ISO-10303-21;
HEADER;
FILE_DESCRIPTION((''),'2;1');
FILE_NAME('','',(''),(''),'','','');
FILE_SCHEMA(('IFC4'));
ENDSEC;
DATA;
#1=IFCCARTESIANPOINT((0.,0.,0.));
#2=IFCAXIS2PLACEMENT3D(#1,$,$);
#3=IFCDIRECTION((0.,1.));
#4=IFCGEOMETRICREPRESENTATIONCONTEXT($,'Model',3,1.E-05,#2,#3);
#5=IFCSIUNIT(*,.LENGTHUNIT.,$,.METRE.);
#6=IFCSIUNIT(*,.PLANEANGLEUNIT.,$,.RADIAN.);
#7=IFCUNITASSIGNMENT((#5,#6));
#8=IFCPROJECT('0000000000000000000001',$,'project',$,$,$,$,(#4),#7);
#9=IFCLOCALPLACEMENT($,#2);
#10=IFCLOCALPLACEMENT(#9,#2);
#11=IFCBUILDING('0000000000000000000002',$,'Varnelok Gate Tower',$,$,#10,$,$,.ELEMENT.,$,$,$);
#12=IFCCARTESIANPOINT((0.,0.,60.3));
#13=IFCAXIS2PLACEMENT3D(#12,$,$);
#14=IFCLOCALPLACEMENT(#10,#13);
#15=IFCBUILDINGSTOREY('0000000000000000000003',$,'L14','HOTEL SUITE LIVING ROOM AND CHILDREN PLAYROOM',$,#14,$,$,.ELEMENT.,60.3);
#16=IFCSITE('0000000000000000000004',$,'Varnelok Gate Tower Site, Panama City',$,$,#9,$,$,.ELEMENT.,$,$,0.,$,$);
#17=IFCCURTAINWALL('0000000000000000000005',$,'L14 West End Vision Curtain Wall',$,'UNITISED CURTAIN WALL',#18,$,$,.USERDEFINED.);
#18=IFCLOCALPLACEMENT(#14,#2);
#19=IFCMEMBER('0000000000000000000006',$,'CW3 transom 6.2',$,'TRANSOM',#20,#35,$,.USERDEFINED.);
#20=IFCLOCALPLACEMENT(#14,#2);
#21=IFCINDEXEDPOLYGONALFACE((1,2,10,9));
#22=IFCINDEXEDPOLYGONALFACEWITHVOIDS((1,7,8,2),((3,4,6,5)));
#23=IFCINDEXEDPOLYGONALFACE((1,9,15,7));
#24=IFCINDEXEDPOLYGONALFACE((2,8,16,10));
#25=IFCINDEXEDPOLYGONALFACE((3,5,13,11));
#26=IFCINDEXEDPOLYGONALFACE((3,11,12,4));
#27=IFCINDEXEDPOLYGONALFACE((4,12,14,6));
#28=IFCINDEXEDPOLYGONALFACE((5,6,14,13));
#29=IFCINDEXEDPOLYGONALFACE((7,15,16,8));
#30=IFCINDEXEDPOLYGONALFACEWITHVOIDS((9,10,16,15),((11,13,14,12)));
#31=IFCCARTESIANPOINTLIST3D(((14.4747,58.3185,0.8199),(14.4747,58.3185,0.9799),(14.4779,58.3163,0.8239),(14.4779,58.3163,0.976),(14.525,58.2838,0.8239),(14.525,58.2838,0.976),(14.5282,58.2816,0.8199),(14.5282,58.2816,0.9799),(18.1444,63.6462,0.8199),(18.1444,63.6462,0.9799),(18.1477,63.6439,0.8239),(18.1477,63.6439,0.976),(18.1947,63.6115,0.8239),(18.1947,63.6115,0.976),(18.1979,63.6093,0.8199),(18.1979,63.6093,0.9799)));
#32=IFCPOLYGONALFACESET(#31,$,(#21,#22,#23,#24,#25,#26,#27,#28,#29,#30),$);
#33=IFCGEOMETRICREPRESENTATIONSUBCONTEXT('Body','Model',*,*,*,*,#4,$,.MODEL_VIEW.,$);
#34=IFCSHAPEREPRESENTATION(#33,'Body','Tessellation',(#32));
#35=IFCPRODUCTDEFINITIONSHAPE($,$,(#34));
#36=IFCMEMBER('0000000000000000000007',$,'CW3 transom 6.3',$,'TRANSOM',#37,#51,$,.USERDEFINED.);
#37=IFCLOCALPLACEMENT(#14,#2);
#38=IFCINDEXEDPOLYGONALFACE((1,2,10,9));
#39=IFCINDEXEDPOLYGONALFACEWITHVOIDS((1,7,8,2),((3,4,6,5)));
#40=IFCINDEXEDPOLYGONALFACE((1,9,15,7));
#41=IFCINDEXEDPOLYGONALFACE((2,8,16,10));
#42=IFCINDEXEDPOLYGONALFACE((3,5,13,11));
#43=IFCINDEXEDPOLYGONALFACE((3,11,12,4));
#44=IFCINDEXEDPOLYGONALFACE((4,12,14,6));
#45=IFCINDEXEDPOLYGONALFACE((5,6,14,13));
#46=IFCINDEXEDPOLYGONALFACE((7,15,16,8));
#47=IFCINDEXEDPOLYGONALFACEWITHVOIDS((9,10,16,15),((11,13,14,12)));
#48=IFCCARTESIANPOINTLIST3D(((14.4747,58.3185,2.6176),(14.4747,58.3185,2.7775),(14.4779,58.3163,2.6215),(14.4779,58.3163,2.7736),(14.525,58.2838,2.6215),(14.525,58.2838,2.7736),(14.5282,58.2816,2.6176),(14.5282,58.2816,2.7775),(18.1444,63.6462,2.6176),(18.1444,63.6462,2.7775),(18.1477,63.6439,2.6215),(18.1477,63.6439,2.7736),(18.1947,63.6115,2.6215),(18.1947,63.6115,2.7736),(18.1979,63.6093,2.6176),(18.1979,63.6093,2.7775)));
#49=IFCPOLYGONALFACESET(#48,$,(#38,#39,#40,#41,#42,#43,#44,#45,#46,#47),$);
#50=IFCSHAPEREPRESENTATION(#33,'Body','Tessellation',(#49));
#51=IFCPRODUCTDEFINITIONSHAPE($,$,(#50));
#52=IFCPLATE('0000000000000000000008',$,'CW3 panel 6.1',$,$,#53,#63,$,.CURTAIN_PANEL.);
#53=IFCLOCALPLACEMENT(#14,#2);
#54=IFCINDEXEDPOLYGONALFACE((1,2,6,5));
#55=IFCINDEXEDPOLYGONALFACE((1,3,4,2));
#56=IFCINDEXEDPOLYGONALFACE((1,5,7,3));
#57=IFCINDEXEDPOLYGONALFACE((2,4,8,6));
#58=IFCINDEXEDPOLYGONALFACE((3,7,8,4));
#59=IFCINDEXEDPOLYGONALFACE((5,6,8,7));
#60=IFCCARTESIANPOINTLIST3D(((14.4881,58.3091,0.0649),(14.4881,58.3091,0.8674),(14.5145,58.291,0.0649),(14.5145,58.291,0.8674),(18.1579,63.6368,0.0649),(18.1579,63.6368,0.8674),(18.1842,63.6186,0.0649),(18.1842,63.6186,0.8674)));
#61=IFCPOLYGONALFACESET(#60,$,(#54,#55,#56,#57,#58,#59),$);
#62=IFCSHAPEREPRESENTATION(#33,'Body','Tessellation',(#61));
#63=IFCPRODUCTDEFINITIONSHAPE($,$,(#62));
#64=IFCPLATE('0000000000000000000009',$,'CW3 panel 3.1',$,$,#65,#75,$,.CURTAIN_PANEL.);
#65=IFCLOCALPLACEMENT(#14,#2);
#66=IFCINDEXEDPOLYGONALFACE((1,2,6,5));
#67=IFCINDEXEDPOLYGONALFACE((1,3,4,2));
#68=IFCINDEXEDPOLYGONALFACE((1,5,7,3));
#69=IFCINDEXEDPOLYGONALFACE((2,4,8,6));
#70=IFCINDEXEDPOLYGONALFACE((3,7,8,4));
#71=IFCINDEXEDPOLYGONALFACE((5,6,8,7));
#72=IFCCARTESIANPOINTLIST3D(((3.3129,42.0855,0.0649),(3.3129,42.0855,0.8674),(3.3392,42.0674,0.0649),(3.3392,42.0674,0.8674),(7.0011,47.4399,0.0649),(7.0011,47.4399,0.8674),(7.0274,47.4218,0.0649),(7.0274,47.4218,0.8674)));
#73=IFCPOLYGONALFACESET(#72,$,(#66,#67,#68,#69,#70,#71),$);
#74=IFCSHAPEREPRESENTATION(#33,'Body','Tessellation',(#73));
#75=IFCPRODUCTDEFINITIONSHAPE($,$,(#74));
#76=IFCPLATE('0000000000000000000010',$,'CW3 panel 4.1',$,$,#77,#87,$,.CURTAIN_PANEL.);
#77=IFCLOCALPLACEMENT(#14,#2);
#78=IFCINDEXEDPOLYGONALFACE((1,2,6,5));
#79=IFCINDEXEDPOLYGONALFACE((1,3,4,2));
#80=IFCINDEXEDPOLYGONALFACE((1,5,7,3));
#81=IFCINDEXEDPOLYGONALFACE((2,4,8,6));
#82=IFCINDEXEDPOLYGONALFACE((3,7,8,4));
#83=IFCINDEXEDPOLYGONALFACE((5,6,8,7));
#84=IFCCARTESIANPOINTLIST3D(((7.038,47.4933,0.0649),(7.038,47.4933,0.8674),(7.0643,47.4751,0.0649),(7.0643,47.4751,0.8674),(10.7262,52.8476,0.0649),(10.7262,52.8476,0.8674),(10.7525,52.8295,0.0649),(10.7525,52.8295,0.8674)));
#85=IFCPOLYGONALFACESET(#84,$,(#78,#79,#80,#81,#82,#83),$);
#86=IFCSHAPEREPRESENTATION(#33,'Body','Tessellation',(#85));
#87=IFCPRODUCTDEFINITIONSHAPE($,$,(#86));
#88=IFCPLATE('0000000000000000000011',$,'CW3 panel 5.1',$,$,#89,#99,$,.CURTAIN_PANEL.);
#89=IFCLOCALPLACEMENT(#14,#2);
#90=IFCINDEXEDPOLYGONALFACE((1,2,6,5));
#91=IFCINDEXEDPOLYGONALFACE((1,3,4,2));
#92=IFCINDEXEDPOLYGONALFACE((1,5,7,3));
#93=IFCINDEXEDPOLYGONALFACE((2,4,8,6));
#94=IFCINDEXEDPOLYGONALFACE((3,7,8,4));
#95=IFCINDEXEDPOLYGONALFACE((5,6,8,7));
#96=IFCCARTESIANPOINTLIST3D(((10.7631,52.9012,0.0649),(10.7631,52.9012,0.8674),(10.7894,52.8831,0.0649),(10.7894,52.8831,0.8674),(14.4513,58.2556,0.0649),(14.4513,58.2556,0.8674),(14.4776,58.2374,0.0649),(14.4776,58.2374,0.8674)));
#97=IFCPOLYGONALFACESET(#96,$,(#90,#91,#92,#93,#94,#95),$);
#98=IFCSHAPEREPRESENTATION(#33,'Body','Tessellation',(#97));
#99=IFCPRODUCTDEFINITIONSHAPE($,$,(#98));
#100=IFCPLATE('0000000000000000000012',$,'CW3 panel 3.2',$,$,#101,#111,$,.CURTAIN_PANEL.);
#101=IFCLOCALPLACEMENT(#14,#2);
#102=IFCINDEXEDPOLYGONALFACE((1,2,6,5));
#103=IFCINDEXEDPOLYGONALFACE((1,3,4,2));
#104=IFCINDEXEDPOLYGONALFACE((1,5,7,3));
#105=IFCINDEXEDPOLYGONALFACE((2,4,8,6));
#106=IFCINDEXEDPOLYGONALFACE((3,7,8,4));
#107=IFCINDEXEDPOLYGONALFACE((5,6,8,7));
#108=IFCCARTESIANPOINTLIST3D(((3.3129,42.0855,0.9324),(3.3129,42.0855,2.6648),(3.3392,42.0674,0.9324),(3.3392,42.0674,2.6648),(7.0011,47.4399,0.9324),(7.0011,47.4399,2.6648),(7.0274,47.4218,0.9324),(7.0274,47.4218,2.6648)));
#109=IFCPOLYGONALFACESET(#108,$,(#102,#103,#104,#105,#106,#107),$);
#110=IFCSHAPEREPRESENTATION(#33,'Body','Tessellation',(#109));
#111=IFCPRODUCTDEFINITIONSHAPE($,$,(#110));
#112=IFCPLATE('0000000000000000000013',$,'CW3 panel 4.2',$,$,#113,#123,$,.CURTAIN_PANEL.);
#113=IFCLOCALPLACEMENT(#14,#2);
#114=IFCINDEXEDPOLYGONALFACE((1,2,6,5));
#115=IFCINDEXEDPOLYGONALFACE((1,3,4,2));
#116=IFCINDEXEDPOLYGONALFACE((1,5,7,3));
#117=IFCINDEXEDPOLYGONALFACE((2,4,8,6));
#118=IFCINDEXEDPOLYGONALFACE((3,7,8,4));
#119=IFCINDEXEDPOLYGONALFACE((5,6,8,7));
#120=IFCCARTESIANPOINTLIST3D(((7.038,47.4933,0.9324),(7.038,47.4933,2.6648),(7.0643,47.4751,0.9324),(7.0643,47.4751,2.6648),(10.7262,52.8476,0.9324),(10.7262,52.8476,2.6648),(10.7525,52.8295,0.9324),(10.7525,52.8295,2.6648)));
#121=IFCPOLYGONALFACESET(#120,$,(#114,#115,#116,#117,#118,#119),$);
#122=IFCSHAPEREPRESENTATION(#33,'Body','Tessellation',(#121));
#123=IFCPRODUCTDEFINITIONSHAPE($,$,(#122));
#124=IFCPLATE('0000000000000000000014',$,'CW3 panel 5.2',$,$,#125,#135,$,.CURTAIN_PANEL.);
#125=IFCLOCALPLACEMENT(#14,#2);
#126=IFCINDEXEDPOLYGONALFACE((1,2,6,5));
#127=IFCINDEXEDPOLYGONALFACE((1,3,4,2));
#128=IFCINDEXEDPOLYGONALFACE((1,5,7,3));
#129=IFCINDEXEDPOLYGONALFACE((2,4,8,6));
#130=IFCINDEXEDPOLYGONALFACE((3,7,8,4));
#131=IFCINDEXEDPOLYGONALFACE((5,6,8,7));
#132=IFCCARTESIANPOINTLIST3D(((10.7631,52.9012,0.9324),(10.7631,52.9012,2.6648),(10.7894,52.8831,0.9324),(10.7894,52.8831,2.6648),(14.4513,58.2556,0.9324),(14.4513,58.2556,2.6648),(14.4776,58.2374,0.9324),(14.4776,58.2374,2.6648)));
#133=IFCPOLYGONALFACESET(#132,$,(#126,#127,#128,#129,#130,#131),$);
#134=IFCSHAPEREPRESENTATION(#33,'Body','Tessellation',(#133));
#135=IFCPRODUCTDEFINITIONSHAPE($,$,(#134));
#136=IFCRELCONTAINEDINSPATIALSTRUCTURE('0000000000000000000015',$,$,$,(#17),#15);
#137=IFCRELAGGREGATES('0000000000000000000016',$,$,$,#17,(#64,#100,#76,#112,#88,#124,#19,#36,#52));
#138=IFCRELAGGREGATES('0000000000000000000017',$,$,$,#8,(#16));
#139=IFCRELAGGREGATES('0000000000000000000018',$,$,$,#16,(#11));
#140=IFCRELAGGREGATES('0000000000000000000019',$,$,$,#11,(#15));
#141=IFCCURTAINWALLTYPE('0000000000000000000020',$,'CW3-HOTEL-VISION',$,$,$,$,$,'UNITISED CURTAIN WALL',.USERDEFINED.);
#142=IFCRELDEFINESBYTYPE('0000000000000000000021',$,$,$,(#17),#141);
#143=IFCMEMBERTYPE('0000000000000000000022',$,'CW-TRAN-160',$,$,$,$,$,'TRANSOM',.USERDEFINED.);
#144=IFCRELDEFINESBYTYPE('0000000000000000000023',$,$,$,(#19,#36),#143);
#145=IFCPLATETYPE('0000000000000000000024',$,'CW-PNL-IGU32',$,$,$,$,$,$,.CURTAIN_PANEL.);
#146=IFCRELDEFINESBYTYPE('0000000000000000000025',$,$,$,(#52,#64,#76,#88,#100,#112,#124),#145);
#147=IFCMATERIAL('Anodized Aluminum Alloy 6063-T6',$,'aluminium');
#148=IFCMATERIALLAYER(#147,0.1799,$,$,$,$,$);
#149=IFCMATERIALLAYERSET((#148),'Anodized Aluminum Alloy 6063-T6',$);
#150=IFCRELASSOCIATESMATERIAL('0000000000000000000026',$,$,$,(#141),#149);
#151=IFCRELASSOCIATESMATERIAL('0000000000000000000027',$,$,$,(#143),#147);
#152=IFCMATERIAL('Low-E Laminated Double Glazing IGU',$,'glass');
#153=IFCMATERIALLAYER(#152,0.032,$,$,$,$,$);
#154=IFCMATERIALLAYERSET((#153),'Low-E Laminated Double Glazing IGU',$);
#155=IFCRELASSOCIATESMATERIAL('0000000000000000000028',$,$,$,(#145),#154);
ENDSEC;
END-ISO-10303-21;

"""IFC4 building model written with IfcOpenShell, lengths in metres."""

from ifc_helpers import new_model, si_unit, direction, frame, origin, origin_2d, place, context, subcontext, project, spatial, rectangle, hollow_rectangle, extrude, source, transform, mapped, material, layer, layer_set, material_profile, profile_set, type_object, element, aggregate, save


model = new_model("IFC4")

# Units and contexts
model_context = context("Model", 3, precision=1e-05, world=origin(), true_north=direction((0.0, 1.0)))
body_context = subcontext(model_context, "Body", "Model", "MODEL_VIEW")
ifc_project = project(units=[si_unit("LENGTHUNIT", "METRE"), si_unit("PLANEANGLEUNIT", "RADIAN")], contexts=[model_context])

# Site, building, storey
site_placement = place(None, origin())
site = spatial("IfcSite", under=ifc_project, at=site_placement, Name="Varnelok Gate Tower Site, Panama City", CompositionType="ELEMENT", RefElevation=0.0)
building_placement = place(site_placement, origin())
building = spatial("IfcBuilding", under=site, at=building_placement, Name="Varnelok Gate Tower", CompositionType="ELEMENT")
storey_placement = place(building_placement, frame((0.0, 0.0, 60.3)))
storey = spatial("IfcBuildingStorey", under=building, at=storey_placement, Name="L14", Description="HOTEL SUITE LIVING ROOM AND CHILDREN PLAYROOM", CompositionType="ELEMENT", Elevation=60.3)

# Curtain wall, members, plates
ifc_material_1 = material(Name="Anodized Aluminum Alloy 6063-T6", Category="aluminium")
ifc_layer_1 = layer(ifc_material_1, 0.1799)
ifc_layer_set_1 = layer_set([ifc_layer_1], Name="Anodized Aluminum Alloy 6063-T6")
curtain_wall_type = type_object("IfcCurtainWallType", Name="CW3-HOTEL-VISION", ElementType="UNITISED CURTAIN WALL", PredefinedType="USERDEFINED", material=ifc_layer_set_1)
curtain_wall_placement = place(storey_placement, origin())
curtain_wall = element("IfcCurtainWall", 1, at=curtain_wall_placement, inside=storey, type_object=curtain_wall_type, Name="L14 West End Vision Curtain Wall", ObjectType="UNITISED CURTAIN WALL", PredefinedType="USERDEFINED")
ifc_material_profile_1 = material_profile(ifc_material_1, hollow_rectangle(XDim=0.0649, YDim=0.1599, WallThickness=0.0039, at=origin_2d()), Name="ALU160X65X4")
ifc_profile_set_1 = profile_set([ifc_material_profile_1], Name="Anodized Aluminum Alloy 6063-T6")
member_type_1 = type_object("IfcMemberType", Name="CW-TRAN-160", ElementType="TRANSOM", PredefinedType="USERDEFINED", material=ifc_profile_set_1)
member_1_placement = place(storey_placement, frame((14.5015, 58.3, 0.8999), z_axis=(0.567256, 0.823542, 0.0), x_axis=(-0.823542, 0.567256, 0.0)))
member_1 = element("IfcMember", 2, at=member_1_placement, type_object=member_type_1, Name="CW3 transom 6.2", ObjectType="TRANSOM", PredefinedType="USERDEFINED", context=body_context, shape_type="SweptSolid", body=[
    extrude(hollow_rectangle(XDim=0.0649, YDim=0.1599, WallThickness=0.0039, at=origin_2d()), origin(), (0.0, 0.0, 1.0), 6.4692),
])
member_2_placement = place(storey_placement, frame((14.5015, 58.3, 2.6975), z_axis=(0.567256, 0.823542, 0.0), x_axis=(-0.823542, 0.567256, 0.0)))
member_2 = element("IfcMember", 3, at=member_2_placement, type_object=member_type_1, Name="CW3 transom 6.3", ObjectType="TRANSOM", PredefinedType="USERDEFINED", context=body_context, shape_type="SweptSolid", body=[
    extrude(hollow_rectangle(XDim=0.0649, YDim=0.1599, WallThickness=0.0039, at=origin_2d()), origin(), (0.0, 0.0, 1.0), 6.4692),
])
ifc_material_2 = material(Name="Low-E Laminated Double Glazing IGU", Category="glass")
ifc_layer_2 = layer(ifc_material_2, 0.032)
ifc_layer_set_2 = layer_set([ifc_layer_2], Name="Low-E Laminated Double Glazing IGU")
plate_type = type_object("IfcPlateType", Name="CW-PNL-IGU32", PredefinedType="CURTAIN_PANEL", material=ifc_layer_set_2)
shared_shape_1 = source(origin(), body_context, "Body", "SweptSolid", [
    extrude(rectangle(XDim=6.4692, YDim=0.032, at=origin_2d()), origin(), (0.0, 0.0, 1.0), 0.8025),
])
plate_1_placement = place(storey_placement, frame((16.3362, 60.9639, 0.0649), z_axis=(0.0, 0.0, 1.0), x_axis=(0.567269, 0.823533, 0.0)))
plate_1 = element("IfcPlate", 4, at=plate_1_placement, type_object=plate_type, Name="CW3 panel 6.1", PredefinedType="CURTAIN_PANEL", context=body_context, shape_type="MappedRepresentation", body=[
    mapped(shared_shape_1, transform((0.0, 0.0, 0.0), scale=1.0)),
])
shared_shape_2 = source(origin(), body_context, "Body", "SweptSolid", [
    extrude(rectangle(XDim=6.5017, YDim=0.032, at=origin_2d()), origin(), (0.0, 0.0, 1.0), 0.8025),
])
plate_2_placement = place(storey_placement, frame((5.1702, 44.7537, 0.0649), z_axis=(0.0, 0.0, 1.0), x_axis=(0.567269, 0.823533, 0.0)))
plate_2 = element("IfcPlate", 5, at=plate_2_placement, type_object=plate_type, Name="CW3 panel 3.1", PredefinedType="CURTAIN_PANEL", context=body_context, shape_type="MappedRepresentation", body=[
    mapped(shared_shape_2, transform((0.0, 0.0, 0.0), scale=1.0)),
])
plate_3_placement = place(storey_placement, frame((8.8953, 50.1614, 0.0649), z_axis=(0.0, 0.0, 1.0), x_axis=(0.567269, 0.823533, 0.0)))
plate_3 = element("IfcPlate", 6, at=plate_3_placement, type_object=plate_type, Name="CW3 panel 4.1", PredefinedType="CURTAIN_PANEL", context=body_context, shape_type="MappedRepresentation", body=[
    mapped(shared_shape_2, transform((0.0, 0.0, 0.0), scale=1.0)),
])
plate_4_placement = place(storey_placement, frame((12.6204, 55.5693, 0.0649), z_axis=(0.0, 0.0, 1.0), x_axis=(0.567269, 0.823533, 0.0)))
plate_4 = element("IfcPlate", 7, at=plate_4_placement, type_object=plate_type, Name="CW3 panel 5.1", PredefinedType="CURTAIN_PANEL", context=body_context, shape_type="MappedRepresentation", body=[
    mapped(shared_shape_2, transform((0.0, 0.0, 0.0), scale=1.0)),
])
shared_shape_3 = source(origin(), body_context, "Body", "SweptSolid", [
    extrude(rectangle(XDim=6.5017, YDim=0.032, at=origin_2d()), origin(), (0.0, 0.0, 1.0), 1.7324),
])
plate_5_placement = place(storey_placement, frame((5.1702, 44.7537, 0.9324), z_axis=(0.0, 0.0, 1.0), x_axis=(0.567269, 0.823533, 0.0)))
plate_5 = element("IfcPlate", 8, at=plate_5_placement, type_object=plate_type, Name="CW3 panel 3.2", PredefinedType="CURTAIN_PANEL", context=body_context, shape_type="MappedRepresentation", body=[
    mapped(shared_shape_3, transform((0.0, 0.0, 0.0), scale=1.0)),
])
plate_6_placement = place(storey_placement, frame((8.8953, 50.1614, 0.9324), z_axis=(0.0, 0.0, 1.0), x_axis=(0.567269, 0.823533, 0.0)))
plate_6 = element("IfcPlate", 9, at=plate_6_placement, type_object=plate_type, Name="CW3 panel 4.2", PredefinedType="CURTAIN_PANEL", context=body_context, shape_type="MappedRepresentation", body=[
    mapped(shared_shape_3, transform((0.0, 0.0, 0.0), scale=1.0)),
])
plate_7_placement = place(storey_placement, frame((12.6204, 55.5693, 0.9324), z_axis=(0.0, 0.0, 1.0), x_axis=(0.567269, 0.823533, 0.0)))
plate_7 = element("IfcPlate", 10, at=plate_7_placement, type_object=plate_type, Name="CW3 panel 5.2", PredefinedType="CURTAIN_PANEL", context=body_context, shape_type="MappedRepresentation", body=[
    mapped(shared_shape_3, transform((0.0, 0.0, 0.0), scale=1.0)),
])
aggregate(curtain_wall, [plate_2, plate_5, plate_3, plate_6, plate_4, plate_7, member_1, member_2, plate_1])

save(model, "model.ifc")
